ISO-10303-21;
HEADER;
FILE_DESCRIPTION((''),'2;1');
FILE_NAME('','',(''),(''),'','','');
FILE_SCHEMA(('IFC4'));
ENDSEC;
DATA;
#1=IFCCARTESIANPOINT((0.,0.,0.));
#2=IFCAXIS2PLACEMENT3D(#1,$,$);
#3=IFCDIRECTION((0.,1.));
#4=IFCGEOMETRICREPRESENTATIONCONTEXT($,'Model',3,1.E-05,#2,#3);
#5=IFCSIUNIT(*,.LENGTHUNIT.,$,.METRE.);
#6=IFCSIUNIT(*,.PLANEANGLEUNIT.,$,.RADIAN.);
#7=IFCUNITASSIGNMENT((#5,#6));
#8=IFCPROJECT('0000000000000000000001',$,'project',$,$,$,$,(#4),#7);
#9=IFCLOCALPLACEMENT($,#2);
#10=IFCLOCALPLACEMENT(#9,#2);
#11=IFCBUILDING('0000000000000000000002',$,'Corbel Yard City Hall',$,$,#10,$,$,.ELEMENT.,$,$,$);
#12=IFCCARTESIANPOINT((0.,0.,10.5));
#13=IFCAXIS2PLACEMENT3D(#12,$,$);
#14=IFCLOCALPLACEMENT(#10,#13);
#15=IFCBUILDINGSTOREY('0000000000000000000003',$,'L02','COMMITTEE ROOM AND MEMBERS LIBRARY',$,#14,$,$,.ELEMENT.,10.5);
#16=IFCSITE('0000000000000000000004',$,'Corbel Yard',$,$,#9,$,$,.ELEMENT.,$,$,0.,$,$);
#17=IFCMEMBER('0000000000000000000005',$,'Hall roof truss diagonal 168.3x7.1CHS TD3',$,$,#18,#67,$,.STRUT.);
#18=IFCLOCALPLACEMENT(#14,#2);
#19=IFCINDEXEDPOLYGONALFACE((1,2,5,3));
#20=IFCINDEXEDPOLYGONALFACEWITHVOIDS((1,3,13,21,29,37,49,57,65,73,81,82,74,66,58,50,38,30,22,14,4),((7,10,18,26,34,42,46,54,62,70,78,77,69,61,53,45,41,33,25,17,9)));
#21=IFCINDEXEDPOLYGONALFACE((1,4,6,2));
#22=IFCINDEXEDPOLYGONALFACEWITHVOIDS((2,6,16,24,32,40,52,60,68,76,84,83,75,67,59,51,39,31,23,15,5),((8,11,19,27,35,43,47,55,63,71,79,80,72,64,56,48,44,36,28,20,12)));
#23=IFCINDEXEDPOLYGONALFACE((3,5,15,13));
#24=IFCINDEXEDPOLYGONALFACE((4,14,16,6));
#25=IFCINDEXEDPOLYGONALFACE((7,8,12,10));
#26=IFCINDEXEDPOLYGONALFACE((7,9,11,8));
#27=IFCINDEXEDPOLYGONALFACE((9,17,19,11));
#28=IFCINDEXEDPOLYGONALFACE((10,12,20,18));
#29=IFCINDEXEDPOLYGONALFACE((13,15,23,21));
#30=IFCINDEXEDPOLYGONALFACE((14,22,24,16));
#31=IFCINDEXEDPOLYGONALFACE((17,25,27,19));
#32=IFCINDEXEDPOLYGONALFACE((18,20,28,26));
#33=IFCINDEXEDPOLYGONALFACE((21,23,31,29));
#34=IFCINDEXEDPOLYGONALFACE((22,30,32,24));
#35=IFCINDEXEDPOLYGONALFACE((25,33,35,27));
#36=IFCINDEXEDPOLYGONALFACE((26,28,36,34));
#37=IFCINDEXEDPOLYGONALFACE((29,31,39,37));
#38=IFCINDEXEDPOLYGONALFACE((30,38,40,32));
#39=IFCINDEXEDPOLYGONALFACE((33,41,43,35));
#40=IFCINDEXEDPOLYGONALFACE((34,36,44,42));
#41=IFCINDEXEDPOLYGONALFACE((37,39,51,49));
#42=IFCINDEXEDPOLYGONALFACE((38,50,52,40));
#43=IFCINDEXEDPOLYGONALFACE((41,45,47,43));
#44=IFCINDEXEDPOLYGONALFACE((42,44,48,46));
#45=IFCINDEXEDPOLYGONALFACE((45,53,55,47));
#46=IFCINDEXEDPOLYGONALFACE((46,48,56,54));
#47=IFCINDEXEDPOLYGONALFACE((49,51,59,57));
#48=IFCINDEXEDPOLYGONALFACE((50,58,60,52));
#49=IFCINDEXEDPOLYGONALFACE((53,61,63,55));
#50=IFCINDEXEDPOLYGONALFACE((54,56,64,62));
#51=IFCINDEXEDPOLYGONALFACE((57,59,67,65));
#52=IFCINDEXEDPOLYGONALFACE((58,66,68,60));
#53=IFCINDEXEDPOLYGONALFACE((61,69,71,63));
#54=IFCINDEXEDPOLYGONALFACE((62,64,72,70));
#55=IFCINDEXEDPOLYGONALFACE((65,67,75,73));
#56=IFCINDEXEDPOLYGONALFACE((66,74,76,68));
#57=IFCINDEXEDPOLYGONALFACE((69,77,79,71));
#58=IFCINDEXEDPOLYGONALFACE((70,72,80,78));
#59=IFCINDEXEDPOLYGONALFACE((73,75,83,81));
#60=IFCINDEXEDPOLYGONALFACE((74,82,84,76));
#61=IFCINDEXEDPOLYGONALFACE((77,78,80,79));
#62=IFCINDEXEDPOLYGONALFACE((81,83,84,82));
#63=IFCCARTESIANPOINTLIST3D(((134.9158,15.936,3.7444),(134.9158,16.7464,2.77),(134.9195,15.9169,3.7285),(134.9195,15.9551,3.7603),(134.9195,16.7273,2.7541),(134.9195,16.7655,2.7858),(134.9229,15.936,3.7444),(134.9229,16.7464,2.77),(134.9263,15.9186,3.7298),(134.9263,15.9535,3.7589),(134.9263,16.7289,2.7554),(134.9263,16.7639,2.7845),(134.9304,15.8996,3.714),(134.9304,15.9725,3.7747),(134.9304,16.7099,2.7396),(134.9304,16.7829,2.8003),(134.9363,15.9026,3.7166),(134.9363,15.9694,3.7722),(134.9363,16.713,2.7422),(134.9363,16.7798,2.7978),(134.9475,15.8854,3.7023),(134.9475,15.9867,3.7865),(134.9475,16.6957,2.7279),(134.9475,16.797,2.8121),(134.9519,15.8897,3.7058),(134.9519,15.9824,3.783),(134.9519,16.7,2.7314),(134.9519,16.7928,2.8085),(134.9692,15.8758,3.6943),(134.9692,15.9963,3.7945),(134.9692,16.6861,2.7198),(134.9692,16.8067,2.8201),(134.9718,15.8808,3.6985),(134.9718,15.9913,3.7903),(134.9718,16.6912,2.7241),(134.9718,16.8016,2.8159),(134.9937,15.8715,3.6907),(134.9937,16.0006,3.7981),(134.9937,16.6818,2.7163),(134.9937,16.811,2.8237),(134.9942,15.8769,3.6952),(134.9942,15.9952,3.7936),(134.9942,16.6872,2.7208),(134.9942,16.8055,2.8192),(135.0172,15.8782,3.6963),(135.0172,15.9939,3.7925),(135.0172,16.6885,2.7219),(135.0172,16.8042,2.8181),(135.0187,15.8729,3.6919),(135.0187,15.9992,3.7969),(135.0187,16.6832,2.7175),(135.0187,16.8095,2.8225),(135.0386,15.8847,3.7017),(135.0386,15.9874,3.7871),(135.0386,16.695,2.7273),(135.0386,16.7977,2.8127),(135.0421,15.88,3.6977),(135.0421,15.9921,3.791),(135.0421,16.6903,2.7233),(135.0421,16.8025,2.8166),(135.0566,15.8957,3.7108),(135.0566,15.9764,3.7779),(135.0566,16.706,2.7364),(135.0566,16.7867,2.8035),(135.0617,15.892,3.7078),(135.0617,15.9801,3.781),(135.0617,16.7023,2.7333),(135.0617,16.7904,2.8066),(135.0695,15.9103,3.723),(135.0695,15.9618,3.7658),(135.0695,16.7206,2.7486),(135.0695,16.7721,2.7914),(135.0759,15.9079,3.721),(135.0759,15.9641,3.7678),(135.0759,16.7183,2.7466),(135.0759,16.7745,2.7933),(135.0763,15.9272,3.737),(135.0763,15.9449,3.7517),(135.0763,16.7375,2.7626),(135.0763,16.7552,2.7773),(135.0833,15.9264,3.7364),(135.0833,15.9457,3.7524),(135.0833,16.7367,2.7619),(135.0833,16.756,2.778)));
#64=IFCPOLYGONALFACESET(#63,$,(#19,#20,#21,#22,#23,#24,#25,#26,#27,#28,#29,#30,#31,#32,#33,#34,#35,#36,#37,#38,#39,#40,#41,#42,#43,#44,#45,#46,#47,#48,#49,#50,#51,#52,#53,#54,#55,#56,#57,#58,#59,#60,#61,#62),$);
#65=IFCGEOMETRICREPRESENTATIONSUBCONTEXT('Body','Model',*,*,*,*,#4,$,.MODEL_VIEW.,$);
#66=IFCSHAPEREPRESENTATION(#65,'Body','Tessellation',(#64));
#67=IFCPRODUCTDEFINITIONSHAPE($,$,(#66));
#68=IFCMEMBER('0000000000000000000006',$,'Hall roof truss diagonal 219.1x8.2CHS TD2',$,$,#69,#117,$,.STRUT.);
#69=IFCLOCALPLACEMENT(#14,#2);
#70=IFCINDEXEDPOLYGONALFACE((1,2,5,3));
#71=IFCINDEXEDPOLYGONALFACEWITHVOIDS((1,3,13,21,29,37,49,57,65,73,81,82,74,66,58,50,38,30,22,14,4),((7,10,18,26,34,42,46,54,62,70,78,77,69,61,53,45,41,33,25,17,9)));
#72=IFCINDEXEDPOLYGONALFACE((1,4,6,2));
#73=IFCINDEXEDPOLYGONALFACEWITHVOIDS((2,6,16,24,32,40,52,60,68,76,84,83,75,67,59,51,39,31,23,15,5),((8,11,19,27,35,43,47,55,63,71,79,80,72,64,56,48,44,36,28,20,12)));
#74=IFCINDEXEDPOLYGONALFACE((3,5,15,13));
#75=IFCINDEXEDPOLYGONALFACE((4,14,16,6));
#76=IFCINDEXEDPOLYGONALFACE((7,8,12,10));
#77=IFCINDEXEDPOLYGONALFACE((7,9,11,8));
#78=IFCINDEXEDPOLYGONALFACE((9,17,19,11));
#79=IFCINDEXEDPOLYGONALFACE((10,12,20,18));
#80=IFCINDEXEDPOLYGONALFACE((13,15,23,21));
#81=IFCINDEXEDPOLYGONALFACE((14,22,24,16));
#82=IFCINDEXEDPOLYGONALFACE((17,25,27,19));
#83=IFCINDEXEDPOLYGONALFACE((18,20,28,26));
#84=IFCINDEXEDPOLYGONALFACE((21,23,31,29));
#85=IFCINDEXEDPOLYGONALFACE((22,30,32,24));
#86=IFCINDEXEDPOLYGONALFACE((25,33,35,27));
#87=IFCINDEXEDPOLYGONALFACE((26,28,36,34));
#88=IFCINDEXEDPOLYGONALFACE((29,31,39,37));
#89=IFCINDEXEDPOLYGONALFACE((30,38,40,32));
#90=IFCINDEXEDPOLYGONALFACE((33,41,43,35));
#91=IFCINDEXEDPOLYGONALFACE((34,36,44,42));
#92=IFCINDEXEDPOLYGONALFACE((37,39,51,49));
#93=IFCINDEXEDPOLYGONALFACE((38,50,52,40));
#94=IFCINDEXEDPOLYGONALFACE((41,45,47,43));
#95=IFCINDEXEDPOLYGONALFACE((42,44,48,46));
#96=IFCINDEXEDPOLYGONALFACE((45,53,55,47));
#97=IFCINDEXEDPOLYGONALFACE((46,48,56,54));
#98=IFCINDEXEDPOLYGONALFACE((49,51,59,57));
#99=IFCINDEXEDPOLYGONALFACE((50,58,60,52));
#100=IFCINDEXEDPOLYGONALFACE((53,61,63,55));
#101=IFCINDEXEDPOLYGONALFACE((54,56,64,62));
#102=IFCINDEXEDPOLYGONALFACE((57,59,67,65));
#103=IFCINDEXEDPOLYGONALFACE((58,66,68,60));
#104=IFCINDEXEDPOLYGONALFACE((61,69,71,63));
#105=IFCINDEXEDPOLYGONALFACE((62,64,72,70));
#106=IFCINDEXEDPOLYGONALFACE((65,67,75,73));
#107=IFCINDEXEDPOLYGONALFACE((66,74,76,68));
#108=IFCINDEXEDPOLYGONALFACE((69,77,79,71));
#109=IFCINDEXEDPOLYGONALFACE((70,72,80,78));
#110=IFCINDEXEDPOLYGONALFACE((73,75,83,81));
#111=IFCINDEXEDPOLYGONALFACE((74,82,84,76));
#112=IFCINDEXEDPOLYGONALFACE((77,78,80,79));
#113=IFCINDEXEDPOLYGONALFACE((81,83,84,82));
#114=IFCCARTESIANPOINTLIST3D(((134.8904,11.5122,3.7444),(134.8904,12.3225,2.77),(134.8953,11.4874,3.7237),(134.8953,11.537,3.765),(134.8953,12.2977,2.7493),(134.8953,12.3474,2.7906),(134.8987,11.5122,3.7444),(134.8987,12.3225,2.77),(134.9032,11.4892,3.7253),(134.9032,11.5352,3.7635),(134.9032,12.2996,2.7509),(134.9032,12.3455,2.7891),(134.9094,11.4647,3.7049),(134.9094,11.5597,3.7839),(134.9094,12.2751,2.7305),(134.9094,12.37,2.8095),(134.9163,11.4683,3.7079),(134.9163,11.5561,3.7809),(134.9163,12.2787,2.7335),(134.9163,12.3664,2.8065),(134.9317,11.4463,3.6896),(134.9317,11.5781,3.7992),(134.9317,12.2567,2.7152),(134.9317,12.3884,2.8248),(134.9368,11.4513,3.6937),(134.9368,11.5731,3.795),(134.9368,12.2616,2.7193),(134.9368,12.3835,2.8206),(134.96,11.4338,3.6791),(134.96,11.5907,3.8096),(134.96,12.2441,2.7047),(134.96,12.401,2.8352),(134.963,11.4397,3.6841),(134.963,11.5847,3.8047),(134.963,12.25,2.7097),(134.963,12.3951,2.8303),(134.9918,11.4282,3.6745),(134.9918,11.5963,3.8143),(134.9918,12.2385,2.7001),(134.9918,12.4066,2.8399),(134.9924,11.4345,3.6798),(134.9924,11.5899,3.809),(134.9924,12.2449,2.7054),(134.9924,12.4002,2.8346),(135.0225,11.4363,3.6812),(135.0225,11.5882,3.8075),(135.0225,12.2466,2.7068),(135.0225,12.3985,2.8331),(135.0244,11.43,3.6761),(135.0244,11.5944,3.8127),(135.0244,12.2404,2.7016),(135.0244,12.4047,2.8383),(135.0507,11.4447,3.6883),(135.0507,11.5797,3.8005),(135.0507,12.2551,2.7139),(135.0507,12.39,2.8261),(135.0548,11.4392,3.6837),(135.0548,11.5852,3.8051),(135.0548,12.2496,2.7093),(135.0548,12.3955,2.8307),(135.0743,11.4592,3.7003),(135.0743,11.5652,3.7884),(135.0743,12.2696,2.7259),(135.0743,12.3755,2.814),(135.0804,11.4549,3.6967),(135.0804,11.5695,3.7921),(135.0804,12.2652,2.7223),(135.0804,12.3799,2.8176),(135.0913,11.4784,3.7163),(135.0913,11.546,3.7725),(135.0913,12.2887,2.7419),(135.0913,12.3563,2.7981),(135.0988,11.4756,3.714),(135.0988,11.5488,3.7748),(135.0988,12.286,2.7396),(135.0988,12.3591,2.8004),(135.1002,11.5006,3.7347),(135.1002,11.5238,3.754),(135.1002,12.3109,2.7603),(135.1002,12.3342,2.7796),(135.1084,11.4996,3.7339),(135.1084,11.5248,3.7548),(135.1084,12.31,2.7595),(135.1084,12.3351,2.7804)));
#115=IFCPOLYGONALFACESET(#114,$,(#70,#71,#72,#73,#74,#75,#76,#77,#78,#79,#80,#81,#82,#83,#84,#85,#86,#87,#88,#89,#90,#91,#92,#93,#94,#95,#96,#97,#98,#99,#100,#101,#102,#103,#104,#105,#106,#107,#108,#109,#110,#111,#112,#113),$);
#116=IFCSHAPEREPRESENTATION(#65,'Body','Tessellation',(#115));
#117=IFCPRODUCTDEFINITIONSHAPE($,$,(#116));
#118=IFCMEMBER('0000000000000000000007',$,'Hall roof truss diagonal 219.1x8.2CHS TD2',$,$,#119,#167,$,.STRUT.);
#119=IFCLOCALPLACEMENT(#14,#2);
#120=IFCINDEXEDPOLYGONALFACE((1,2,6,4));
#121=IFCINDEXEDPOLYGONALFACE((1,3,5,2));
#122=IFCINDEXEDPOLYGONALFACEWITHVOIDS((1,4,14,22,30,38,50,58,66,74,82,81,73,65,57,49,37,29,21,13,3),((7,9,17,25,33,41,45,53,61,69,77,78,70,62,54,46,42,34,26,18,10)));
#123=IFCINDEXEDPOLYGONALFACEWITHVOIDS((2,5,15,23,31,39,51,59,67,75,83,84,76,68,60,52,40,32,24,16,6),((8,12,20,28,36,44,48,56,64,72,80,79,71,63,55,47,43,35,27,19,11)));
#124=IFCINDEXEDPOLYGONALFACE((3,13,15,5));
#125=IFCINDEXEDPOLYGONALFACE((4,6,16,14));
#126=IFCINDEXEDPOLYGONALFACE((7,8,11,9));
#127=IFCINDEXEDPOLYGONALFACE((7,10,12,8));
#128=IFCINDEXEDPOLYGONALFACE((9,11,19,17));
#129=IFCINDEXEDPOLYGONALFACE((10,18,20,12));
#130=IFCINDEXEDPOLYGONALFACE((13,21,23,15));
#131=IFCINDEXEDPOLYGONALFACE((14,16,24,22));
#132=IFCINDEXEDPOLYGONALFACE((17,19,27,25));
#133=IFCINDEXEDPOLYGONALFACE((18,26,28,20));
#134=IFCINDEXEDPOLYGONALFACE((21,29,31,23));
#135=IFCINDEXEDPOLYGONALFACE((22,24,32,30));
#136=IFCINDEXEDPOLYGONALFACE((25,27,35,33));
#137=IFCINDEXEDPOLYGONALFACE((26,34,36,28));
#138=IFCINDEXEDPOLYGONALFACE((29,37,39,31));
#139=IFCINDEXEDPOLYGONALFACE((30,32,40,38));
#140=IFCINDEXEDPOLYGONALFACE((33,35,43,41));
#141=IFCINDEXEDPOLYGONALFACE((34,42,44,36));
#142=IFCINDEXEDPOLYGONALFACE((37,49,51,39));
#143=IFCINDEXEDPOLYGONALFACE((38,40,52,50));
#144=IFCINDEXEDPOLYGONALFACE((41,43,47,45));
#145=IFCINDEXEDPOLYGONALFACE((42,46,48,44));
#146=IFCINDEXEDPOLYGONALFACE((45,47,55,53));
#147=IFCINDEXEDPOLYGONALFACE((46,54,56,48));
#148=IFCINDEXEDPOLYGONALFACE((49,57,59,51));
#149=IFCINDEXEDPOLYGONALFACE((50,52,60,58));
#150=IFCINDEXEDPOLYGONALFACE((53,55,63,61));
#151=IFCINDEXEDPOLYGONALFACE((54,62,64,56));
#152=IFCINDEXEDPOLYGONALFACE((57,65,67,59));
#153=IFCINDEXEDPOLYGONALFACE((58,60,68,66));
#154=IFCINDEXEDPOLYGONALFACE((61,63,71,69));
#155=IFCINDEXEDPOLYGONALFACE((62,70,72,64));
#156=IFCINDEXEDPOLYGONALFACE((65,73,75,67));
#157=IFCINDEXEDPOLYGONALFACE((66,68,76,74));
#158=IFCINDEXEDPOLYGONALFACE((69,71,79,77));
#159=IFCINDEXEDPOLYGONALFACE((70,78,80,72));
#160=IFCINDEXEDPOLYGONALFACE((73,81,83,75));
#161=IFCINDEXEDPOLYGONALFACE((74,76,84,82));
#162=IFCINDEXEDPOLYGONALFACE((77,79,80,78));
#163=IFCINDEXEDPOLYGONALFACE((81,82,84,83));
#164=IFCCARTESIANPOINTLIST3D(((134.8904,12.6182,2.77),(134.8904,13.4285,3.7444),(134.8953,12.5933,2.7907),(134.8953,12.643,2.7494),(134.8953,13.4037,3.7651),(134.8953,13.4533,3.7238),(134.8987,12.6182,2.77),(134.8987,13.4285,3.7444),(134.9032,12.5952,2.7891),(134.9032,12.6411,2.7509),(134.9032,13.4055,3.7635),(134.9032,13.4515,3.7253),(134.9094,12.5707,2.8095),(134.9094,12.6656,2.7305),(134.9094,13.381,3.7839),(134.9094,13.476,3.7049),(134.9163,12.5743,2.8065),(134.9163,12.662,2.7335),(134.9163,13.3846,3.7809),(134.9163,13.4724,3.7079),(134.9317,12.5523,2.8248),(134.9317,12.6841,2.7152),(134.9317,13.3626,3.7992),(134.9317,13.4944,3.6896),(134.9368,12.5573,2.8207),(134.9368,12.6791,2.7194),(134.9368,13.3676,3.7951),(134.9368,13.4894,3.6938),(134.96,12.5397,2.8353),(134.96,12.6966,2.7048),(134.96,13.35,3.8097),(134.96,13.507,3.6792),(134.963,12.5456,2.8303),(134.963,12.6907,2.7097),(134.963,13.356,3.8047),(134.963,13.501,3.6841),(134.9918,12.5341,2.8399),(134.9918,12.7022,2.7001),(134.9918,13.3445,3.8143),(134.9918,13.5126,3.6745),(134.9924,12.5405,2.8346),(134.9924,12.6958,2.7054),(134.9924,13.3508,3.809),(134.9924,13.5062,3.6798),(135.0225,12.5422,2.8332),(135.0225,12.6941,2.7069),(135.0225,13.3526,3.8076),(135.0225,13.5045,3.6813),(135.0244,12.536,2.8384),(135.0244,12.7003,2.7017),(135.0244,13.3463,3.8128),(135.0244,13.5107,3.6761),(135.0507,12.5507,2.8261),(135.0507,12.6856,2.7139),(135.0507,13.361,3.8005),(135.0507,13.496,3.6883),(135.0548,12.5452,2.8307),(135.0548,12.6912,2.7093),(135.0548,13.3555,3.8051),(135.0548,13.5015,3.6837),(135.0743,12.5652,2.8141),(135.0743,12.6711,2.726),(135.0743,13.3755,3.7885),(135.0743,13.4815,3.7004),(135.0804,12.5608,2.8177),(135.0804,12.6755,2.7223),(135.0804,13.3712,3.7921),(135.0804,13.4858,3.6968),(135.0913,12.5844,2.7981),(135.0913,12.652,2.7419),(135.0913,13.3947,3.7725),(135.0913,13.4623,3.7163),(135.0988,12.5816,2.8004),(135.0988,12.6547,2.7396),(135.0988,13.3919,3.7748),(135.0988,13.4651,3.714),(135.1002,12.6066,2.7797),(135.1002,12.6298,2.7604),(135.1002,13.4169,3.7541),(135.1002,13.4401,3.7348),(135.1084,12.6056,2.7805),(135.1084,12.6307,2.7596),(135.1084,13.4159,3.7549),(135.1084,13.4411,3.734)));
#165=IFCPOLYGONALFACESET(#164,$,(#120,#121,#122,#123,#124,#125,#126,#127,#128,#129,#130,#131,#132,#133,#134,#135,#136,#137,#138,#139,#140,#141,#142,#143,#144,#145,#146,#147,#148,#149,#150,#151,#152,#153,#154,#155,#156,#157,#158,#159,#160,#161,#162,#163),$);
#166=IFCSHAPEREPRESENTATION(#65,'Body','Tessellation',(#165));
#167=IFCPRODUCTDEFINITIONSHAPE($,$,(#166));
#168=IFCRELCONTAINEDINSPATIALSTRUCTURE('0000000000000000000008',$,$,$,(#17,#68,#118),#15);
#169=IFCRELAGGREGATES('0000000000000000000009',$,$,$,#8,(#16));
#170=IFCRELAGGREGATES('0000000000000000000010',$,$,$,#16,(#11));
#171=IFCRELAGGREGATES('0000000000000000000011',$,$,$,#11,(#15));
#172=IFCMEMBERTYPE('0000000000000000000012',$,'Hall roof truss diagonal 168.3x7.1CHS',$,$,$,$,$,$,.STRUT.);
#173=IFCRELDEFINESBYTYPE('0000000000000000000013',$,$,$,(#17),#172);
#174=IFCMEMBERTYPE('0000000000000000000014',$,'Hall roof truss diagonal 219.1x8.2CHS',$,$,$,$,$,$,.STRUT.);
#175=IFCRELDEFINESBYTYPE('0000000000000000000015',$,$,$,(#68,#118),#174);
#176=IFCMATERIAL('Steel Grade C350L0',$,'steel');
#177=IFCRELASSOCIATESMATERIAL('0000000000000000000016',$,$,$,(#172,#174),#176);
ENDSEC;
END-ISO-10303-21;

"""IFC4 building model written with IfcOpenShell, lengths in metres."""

from ifc_helpers import new_model, si_unit, direction, frame, origin, origin_2d, place, context, subcontext, project, spatial, hollow_circle, extrude, material, material_profile, profile_set, type_object, element, save


model = new_model("IFC4")

# Units and contexts
model_context = context("Model", 3, precision=1e-05, world=origin(), true_north=direction((0.0, 1.0)))
body_context = subcontext(model_context, "Body", "Model", "MODEL_VIEW")
ifc_project = project(units=[si_unit("LENGTHUNIT", "METRE"), si_unit("PLANEANGLEUNIT", "RADIAN")], contexts=[model_context])

# Site, building, storey
site_placement = place(None, origin())
site = spatial("IfcSite", under=ifc_project, at=site_placement, Name="Corbel Yard", CompositionType="ELEMENT", RefElevation=0.0)
building_placement = place(site_placement, origin())
building = spatial("IfcBuilding", under=site, at=building_placement, Name="Corbel Yard City Hall", CompositionType="ELEMENT")
storey_placement = place(building_placement, frame((0.0, 0.0, 10.5)))
storey = spatial("IfcBuildingStorey", under=building, at=storey_placement, Name="L02", Description="COMMITTEE ROOM AND MEMBERS LIBRARY", CompositionType="ELEMENT", Elevation=10.5)

# Members
ifc_material_1 = material(Name="Steel Grade C350L0", Category="steel")
ifc_material_profile_1 = material_profile(ifc_material_1, hollow_circle(Radius=0.0842, WallThickness=0.0071, at=origin_2d()), Name="168.3x7.1CHS")
ifc_profile_set_1 = profile_set([ifc_material_profile_1], Name="Steel Grade C350L0")
member_type_1 = type_object("IfcMemberType", Name="Hall roof truss diagonal 168.3x7.1CHS", PredefinedType="STRUT", material=ifc_profile_set_1)
for number, where, z_axis, x_axis, name in (
    (1, (135.0, 15.936, 3.7444), (0.0, 0.639407, -0.768868), (-1.0, 0.0, 0.0), "Hall roof truss diagonal 168.3x7.1CHS TD3"),
):
    element("IfcMember", number, at=place(storey_placement, frame(where, z_axis=z_axis, x_axis=x_axis)), inside=storey, type_object=member_type_1, Name=name, PredefinedType="STRUT", context=body_context, shape_type="SweptSolid", body=[
        extrude(hollow_circle(Radius=0.0842, WallThickness=0.0071, at=origin_2d()), origin(), (0.0, 0.0, 1.0), 1.2673),
    ])
ifc_material_profile_2 = material_profile(ifc_material_1, hollow_circle(Radius=0.1096, WallThickness=0.0083, at=origin_2d()), Name="219.1x8.2CHS")
ifc_profile_set_2 = profile_set([ifc_material_profile_2], Name="Steel Grade C350L0")
member_type_2 = type_object("IfcMemberType", Name="Hall roof truss diagonal 219.1x8.2CHS", PredefinedType="STRUT", material=ifc_profile_set_2)
for number, where, z_axis, x_axis, name in (
    (2, (135.0, 11.5122, 3.7444), (0.0, 0.639407, -0.768868), (-1.0, 0.0, 0.0), "Hall roof truss diagonal 219.1x8.2CHS TD2"),
    (3, (135.0, 12.6182, 2.77), (0.0, 0.639407, 0.768868), (-1.0, 0.0, 0.0), "Hall roof truss diagonal 219.1x8.2CHS TD2"),
):
    element("IfcMember", number, at=place(storey_placement, frame(where, z_axis=z_axis, x_axis=x_axis)), inside=storey, type_object=member_type_2, Name=name, PredefinedType="STRUT", context=body_context, shape_type="SweptSolid", body=[
        extrude(hollow_circle(Radius=0.1096, WallThickness=0.0083, at=origin_2d()), origin(), (0.0, 0.0, 1.0), 1.2673),
    ])

save(model, "model.ifc")
